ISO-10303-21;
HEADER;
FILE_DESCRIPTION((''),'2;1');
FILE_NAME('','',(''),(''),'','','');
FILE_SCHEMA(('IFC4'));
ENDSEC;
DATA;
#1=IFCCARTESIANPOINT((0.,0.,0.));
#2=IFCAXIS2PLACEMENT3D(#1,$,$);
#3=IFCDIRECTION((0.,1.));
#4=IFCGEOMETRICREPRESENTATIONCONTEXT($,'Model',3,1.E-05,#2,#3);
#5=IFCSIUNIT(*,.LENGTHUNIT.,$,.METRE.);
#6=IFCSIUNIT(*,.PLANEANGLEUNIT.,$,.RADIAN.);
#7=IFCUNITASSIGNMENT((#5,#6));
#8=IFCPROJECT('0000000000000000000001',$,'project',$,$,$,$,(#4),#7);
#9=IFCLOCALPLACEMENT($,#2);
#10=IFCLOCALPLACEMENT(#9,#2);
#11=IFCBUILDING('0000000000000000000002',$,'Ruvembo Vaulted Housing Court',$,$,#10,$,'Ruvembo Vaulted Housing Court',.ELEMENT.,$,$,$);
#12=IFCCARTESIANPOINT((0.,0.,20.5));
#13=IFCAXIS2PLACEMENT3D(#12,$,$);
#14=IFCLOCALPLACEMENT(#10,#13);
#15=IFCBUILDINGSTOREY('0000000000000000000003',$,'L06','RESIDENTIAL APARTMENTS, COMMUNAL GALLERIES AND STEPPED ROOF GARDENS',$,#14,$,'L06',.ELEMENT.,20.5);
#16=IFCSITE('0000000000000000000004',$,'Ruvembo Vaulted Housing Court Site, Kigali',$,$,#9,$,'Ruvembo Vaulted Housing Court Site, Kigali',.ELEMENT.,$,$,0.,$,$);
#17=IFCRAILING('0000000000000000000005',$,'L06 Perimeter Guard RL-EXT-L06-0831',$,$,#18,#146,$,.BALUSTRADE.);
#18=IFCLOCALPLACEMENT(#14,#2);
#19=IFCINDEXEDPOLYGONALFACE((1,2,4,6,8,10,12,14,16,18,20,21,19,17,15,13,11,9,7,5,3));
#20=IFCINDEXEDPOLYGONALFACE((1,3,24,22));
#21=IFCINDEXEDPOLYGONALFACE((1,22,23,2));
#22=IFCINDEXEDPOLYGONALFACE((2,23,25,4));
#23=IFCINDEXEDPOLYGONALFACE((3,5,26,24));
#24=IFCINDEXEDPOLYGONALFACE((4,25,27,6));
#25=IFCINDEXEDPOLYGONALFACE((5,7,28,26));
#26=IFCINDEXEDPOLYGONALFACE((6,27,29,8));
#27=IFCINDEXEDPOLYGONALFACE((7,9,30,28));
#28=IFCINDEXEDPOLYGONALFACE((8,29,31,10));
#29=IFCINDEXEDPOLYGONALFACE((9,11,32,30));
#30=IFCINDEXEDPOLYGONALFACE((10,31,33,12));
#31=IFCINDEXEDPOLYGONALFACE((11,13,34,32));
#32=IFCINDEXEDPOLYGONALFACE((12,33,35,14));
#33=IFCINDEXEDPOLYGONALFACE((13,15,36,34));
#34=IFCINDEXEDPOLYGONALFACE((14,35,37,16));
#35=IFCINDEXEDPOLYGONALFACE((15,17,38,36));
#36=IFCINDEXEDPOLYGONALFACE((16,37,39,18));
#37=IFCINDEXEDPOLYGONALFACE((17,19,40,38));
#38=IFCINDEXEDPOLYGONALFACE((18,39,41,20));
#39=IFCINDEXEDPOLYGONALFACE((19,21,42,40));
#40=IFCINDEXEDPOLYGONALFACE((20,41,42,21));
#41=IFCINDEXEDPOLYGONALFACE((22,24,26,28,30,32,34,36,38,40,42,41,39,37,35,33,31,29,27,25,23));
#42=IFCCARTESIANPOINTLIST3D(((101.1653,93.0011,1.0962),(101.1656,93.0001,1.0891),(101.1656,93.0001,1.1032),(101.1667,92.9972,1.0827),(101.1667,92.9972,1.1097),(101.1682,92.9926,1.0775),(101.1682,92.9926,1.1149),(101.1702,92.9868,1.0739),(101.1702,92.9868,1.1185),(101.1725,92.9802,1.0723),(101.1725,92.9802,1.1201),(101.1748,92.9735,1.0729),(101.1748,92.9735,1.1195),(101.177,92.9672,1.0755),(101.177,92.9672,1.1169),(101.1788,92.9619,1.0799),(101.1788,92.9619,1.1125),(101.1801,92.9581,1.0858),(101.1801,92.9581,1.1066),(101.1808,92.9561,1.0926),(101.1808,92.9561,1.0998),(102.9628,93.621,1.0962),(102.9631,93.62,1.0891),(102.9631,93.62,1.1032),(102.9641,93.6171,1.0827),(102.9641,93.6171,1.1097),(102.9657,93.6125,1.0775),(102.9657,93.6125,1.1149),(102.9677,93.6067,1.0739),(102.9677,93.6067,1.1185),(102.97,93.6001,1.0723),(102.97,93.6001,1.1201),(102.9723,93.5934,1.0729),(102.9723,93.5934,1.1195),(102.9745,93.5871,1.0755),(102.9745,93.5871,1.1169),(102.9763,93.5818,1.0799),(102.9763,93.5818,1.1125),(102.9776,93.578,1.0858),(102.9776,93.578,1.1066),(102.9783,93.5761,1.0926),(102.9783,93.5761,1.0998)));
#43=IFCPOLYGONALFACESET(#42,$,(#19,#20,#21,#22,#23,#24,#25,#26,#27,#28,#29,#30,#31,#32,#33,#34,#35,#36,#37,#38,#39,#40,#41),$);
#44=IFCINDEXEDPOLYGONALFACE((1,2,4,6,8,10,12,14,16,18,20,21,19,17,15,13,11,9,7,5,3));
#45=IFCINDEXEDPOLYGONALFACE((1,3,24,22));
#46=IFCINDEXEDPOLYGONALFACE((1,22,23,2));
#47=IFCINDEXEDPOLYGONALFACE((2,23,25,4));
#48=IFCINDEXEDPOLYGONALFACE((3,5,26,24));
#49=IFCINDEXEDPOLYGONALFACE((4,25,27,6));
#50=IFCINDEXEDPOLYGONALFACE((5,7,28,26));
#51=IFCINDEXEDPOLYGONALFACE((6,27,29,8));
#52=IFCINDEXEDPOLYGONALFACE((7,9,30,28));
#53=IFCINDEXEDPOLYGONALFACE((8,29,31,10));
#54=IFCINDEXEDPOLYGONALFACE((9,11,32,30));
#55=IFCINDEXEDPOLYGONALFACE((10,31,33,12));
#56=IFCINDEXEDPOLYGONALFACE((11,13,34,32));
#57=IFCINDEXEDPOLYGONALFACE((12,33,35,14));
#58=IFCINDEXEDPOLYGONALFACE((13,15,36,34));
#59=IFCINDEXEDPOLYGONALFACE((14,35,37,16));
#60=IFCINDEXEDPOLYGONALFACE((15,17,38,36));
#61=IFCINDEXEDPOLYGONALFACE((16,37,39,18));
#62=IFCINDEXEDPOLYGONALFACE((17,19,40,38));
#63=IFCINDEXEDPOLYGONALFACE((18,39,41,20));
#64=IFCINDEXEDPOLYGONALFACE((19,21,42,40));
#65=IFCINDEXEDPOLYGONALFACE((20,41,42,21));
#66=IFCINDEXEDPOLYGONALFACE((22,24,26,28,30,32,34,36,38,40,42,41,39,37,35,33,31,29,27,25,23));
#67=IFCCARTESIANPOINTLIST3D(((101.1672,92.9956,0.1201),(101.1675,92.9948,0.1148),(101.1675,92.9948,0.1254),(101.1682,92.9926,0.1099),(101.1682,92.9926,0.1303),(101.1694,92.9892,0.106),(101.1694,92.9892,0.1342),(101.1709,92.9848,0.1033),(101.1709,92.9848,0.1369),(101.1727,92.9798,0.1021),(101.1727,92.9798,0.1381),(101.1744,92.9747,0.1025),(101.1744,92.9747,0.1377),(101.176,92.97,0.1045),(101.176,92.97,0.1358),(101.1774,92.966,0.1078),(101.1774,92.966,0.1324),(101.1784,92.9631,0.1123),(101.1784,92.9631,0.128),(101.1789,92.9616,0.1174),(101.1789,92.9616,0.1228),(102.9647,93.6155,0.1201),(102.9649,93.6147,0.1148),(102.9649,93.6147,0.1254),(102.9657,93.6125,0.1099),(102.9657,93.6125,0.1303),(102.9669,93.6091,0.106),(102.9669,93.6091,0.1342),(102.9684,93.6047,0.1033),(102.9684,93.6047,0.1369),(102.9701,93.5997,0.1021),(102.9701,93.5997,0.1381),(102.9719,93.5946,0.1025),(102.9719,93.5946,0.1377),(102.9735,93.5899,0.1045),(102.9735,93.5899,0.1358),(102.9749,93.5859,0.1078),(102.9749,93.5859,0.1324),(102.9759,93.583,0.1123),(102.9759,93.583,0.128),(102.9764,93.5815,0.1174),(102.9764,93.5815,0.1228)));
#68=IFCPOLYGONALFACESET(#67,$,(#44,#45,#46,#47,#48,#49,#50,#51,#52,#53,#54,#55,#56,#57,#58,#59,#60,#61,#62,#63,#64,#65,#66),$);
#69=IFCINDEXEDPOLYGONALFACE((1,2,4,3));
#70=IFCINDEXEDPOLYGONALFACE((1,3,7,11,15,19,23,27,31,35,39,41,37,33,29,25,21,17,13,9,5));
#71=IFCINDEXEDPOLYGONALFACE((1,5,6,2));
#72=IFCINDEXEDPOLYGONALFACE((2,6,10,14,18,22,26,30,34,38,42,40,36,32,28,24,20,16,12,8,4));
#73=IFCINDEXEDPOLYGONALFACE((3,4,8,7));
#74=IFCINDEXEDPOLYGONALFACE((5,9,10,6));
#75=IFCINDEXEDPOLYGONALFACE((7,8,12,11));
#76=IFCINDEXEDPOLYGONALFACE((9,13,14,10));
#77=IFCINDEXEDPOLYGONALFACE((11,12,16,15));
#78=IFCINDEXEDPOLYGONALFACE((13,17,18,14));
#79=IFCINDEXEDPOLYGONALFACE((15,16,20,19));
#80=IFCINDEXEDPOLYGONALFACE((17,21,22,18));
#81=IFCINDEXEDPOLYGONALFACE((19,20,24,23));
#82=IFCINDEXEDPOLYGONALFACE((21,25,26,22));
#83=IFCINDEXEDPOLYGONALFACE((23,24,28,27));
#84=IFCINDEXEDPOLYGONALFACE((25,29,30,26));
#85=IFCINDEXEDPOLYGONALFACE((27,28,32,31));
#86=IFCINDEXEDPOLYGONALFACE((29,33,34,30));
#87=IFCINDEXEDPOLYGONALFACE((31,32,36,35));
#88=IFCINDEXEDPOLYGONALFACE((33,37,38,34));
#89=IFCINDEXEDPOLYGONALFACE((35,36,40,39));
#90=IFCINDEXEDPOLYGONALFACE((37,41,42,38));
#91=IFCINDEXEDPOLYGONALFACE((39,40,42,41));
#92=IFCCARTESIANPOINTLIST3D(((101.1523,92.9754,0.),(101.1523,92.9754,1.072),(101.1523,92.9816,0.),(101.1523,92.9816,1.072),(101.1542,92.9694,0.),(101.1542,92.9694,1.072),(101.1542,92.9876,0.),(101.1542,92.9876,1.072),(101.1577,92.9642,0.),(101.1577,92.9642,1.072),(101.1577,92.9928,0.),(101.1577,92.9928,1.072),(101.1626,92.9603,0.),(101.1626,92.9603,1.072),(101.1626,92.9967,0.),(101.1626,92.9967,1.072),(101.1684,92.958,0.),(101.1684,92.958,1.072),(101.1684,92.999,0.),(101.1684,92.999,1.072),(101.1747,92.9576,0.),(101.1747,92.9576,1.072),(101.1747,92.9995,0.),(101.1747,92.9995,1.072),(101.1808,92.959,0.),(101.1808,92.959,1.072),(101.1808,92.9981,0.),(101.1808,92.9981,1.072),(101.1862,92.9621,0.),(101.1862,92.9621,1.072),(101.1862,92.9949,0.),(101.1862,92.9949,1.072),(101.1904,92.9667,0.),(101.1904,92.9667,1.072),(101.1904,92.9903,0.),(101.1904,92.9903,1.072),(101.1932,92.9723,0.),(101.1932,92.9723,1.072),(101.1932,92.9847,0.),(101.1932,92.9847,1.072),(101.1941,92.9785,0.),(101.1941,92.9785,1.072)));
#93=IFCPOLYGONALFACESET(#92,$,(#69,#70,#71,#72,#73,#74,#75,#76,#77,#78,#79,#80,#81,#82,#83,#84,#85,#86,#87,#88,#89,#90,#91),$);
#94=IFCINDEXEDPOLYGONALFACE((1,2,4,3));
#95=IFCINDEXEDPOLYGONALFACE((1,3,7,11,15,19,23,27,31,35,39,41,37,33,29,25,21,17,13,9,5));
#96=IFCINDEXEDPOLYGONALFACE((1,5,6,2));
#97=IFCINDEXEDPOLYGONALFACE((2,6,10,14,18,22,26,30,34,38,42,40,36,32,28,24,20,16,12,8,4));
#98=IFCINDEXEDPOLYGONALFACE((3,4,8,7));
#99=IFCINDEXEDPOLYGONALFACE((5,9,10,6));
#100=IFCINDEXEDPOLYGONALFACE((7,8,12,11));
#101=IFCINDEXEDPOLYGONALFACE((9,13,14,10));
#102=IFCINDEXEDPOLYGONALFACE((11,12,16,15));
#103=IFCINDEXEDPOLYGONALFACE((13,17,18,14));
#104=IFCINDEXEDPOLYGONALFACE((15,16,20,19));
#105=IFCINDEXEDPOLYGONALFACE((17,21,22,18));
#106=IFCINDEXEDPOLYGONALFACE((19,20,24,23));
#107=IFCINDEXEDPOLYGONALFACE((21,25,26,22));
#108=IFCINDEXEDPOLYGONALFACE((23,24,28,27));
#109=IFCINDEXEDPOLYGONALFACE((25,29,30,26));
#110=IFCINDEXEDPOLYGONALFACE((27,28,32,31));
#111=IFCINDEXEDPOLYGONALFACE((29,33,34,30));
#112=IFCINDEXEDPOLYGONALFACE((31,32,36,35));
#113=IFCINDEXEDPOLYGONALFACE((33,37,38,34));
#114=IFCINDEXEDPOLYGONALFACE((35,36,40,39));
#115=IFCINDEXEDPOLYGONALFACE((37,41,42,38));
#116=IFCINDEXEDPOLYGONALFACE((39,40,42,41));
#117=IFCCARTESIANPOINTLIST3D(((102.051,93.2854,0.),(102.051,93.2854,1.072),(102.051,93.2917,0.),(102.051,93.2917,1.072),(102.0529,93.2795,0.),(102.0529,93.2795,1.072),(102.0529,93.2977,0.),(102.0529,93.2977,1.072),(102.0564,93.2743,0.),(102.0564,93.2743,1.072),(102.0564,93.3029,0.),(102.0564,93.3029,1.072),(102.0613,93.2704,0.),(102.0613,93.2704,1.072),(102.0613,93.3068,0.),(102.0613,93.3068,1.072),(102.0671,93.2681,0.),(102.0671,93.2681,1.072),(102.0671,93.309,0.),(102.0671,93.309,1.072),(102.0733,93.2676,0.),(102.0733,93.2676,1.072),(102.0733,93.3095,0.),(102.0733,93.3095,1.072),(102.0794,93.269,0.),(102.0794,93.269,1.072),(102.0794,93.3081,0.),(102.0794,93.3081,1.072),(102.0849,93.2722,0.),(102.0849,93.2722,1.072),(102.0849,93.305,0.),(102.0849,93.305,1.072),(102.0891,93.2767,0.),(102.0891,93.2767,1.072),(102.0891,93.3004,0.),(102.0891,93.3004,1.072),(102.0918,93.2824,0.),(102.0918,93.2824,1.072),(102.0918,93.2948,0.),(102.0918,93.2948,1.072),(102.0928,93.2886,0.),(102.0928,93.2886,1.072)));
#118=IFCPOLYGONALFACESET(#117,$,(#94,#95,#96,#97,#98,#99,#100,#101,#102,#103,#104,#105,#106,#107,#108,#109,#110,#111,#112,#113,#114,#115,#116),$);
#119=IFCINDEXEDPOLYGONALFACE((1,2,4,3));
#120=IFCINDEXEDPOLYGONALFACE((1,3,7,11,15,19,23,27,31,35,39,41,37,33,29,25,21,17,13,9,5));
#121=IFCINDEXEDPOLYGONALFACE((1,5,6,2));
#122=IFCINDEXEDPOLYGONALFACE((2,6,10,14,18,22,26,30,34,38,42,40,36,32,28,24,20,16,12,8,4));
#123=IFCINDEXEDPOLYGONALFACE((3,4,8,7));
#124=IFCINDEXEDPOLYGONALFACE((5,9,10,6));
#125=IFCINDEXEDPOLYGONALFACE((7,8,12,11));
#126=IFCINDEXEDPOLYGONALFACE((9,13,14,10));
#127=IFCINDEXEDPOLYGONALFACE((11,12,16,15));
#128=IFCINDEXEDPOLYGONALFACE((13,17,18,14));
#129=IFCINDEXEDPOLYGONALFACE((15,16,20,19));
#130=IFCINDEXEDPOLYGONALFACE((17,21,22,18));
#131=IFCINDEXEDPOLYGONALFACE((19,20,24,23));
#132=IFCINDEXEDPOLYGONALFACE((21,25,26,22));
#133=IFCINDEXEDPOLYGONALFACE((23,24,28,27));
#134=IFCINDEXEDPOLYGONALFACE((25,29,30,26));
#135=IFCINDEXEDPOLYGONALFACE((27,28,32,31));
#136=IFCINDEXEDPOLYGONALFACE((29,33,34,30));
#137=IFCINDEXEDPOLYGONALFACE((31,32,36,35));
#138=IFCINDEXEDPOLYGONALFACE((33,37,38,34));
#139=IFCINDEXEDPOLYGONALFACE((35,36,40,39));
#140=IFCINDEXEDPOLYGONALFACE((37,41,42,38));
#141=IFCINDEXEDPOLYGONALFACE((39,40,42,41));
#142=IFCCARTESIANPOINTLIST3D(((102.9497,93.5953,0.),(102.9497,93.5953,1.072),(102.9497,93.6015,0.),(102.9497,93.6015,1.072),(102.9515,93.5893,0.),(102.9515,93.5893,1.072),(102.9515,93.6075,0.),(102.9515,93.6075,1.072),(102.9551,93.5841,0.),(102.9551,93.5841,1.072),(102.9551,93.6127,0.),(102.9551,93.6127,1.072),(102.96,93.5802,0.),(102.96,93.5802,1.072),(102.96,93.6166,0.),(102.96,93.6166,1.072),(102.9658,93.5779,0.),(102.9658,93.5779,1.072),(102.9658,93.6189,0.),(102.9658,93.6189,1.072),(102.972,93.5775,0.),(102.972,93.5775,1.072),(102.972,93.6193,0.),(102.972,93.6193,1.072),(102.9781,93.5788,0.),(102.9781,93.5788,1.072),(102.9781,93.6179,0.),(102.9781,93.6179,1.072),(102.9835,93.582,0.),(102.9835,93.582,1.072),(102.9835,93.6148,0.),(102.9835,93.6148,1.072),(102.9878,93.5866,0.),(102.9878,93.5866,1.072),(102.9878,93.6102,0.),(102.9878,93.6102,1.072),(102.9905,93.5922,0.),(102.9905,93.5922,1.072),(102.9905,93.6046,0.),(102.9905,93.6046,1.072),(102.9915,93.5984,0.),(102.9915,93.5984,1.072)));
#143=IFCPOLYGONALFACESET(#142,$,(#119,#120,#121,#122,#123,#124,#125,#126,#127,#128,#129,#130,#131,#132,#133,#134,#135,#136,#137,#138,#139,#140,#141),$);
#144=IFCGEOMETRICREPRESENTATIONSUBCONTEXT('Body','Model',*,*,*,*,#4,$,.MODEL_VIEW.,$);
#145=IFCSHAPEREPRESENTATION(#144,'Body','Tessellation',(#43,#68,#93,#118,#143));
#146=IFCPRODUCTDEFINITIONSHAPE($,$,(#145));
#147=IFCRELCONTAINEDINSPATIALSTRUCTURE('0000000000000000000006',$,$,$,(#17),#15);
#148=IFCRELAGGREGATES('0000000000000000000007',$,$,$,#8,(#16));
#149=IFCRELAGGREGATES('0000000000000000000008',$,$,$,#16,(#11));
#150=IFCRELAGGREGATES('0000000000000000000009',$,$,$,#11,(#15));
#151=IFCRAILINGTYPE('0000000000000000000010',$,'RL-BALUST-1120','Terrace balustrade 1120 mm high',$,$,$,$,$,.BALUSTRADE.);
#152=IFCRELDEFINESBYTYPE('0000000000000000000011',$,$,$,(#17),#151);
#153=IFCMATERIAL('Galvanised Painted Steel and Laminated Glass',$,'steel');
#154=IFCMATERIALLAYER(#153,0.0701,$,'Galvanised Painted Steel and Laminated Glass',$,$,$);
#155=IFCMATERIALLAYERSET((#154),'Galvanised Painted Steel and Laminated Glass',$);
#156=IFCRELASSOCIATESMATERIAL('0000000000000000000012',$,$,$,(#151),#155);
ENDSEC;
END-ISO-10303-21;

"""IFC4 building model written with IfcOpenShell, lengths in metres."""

from ifc_helpers import new_model, si_unit, direction, frame, origin, origin_2d, place, context, subcontext, project, spatial, circle, extrude, material, layer, layer_set, type_object, element, save


model = new_model("IFC4")

# Units and contexts
model_context = context("Model", 3, precision=1e-05, world=origin(), true_north=direction((0.0, 1.0)))
body_context = subcontext(model_context, "Body", "Model", "MODEL_VIEW")
ifc_project = project(units=[si_unit("LENGTHUNIT", "METRE"), si_unit("PLANEANGLEUNIT", "RADIAN")], contexts=[model_context])

# Site, building, storey
site_placement = place(None, origin())
site = spatial("IfcSite", under=ifc_project, at=site_placement, Name="Ruvembo Vaulted Housing Court Site, Kigali", LongName="Ruvembo Vaulted Housing Court Site, Kigali", CompositionType="ELEMENT", RefElevation=0.0)
building_placement = place(site_placement, origin())
building = spatial("IfcBuilding", under=site, at=building_placement, Name="Ruvembo Vaulted Housing Court", LongName="Ruvembo Vaulted Housing Court", CompositionType="ELEMENT")
storey_placement = place(building_placement, frame((0.0, 0.0, 20.5)))
storey = spatial("IfcBuildingStorey", under=building, at=storey_placement, Name="L06", Description="RESIDENTIAL APARTMENTS, COMMUNAL GALLERIES AND STEPPED ROOF GARDENS", LongName="L06", CompositionType="ELEMENT", Elevation=20.5)

# Railing
ifc_material_1 = material(Name="Galvanised Painted Steel and Laminated Glass", Category="steel")
ifc_layer = layer(ifc_material_1, 0.0701, Name="Galvanised Painted Steel and Laminated Glass")
ifc_layer_set = layer_set([ifc_layer], Name="Galvanised Painted Steel and Laminated Glass")
railing_type = type_object("IfcRailingType", Name="RL-BALUST-1120", Description="Terrace balustrade 1120 mm high", PredefinedType="BALUSTRADE", material=ifc_layer_set)
railing_1_placement = place(storey_placement, frame((101.1731, 92.9785, 0.0)))
element("IfcRailing", 1, at=railing_1_placement, inside=storey, type_object=railing_type, Name="L06 Perimeter Guard RL-EXT-L06-0831", PredefinedType="BALUSTRADE", context=body_context, shape_type="SweptSolid", body=[
    extrude(circle(Radius=0.0239, at=origin_2d()), frame((0.0, 0.0, 1.0962), z_axis=(0.945358, 0.326034, 0.0), x_axis=(-0.326034, 0.945358, 0.0)), (0.0, 0.0, 1.0), 1.9014),
    extrude(circle(Radius=0.0181, at=origin_2d()), frame((0.0, 0.0, 0.1201), z_axis=(0.945358, 0.326034, 0.0), x_axis=(-0.326034, 0.945358, 0.0)), (0.0, 0.0, 1.0), 1.9014),
    extrude(circle(Radius=0.021, at=origin_2d()), origin(), (0.0, 0.0, 1.0), 1.072),
    extrude(circle(Radius=0.021, at=origin_2d()), frame((0.8987, 0.3101, 0.0)), (0.0, 0.0, 1.0), 1.072),
    extrude(circle(Radius=0.021, at=origin_2d()), frame((1.7974, 0.6199, 0.0)), (0.0, 0.0, 1.0), 1.072),
])

save(model, "model.ifc")
